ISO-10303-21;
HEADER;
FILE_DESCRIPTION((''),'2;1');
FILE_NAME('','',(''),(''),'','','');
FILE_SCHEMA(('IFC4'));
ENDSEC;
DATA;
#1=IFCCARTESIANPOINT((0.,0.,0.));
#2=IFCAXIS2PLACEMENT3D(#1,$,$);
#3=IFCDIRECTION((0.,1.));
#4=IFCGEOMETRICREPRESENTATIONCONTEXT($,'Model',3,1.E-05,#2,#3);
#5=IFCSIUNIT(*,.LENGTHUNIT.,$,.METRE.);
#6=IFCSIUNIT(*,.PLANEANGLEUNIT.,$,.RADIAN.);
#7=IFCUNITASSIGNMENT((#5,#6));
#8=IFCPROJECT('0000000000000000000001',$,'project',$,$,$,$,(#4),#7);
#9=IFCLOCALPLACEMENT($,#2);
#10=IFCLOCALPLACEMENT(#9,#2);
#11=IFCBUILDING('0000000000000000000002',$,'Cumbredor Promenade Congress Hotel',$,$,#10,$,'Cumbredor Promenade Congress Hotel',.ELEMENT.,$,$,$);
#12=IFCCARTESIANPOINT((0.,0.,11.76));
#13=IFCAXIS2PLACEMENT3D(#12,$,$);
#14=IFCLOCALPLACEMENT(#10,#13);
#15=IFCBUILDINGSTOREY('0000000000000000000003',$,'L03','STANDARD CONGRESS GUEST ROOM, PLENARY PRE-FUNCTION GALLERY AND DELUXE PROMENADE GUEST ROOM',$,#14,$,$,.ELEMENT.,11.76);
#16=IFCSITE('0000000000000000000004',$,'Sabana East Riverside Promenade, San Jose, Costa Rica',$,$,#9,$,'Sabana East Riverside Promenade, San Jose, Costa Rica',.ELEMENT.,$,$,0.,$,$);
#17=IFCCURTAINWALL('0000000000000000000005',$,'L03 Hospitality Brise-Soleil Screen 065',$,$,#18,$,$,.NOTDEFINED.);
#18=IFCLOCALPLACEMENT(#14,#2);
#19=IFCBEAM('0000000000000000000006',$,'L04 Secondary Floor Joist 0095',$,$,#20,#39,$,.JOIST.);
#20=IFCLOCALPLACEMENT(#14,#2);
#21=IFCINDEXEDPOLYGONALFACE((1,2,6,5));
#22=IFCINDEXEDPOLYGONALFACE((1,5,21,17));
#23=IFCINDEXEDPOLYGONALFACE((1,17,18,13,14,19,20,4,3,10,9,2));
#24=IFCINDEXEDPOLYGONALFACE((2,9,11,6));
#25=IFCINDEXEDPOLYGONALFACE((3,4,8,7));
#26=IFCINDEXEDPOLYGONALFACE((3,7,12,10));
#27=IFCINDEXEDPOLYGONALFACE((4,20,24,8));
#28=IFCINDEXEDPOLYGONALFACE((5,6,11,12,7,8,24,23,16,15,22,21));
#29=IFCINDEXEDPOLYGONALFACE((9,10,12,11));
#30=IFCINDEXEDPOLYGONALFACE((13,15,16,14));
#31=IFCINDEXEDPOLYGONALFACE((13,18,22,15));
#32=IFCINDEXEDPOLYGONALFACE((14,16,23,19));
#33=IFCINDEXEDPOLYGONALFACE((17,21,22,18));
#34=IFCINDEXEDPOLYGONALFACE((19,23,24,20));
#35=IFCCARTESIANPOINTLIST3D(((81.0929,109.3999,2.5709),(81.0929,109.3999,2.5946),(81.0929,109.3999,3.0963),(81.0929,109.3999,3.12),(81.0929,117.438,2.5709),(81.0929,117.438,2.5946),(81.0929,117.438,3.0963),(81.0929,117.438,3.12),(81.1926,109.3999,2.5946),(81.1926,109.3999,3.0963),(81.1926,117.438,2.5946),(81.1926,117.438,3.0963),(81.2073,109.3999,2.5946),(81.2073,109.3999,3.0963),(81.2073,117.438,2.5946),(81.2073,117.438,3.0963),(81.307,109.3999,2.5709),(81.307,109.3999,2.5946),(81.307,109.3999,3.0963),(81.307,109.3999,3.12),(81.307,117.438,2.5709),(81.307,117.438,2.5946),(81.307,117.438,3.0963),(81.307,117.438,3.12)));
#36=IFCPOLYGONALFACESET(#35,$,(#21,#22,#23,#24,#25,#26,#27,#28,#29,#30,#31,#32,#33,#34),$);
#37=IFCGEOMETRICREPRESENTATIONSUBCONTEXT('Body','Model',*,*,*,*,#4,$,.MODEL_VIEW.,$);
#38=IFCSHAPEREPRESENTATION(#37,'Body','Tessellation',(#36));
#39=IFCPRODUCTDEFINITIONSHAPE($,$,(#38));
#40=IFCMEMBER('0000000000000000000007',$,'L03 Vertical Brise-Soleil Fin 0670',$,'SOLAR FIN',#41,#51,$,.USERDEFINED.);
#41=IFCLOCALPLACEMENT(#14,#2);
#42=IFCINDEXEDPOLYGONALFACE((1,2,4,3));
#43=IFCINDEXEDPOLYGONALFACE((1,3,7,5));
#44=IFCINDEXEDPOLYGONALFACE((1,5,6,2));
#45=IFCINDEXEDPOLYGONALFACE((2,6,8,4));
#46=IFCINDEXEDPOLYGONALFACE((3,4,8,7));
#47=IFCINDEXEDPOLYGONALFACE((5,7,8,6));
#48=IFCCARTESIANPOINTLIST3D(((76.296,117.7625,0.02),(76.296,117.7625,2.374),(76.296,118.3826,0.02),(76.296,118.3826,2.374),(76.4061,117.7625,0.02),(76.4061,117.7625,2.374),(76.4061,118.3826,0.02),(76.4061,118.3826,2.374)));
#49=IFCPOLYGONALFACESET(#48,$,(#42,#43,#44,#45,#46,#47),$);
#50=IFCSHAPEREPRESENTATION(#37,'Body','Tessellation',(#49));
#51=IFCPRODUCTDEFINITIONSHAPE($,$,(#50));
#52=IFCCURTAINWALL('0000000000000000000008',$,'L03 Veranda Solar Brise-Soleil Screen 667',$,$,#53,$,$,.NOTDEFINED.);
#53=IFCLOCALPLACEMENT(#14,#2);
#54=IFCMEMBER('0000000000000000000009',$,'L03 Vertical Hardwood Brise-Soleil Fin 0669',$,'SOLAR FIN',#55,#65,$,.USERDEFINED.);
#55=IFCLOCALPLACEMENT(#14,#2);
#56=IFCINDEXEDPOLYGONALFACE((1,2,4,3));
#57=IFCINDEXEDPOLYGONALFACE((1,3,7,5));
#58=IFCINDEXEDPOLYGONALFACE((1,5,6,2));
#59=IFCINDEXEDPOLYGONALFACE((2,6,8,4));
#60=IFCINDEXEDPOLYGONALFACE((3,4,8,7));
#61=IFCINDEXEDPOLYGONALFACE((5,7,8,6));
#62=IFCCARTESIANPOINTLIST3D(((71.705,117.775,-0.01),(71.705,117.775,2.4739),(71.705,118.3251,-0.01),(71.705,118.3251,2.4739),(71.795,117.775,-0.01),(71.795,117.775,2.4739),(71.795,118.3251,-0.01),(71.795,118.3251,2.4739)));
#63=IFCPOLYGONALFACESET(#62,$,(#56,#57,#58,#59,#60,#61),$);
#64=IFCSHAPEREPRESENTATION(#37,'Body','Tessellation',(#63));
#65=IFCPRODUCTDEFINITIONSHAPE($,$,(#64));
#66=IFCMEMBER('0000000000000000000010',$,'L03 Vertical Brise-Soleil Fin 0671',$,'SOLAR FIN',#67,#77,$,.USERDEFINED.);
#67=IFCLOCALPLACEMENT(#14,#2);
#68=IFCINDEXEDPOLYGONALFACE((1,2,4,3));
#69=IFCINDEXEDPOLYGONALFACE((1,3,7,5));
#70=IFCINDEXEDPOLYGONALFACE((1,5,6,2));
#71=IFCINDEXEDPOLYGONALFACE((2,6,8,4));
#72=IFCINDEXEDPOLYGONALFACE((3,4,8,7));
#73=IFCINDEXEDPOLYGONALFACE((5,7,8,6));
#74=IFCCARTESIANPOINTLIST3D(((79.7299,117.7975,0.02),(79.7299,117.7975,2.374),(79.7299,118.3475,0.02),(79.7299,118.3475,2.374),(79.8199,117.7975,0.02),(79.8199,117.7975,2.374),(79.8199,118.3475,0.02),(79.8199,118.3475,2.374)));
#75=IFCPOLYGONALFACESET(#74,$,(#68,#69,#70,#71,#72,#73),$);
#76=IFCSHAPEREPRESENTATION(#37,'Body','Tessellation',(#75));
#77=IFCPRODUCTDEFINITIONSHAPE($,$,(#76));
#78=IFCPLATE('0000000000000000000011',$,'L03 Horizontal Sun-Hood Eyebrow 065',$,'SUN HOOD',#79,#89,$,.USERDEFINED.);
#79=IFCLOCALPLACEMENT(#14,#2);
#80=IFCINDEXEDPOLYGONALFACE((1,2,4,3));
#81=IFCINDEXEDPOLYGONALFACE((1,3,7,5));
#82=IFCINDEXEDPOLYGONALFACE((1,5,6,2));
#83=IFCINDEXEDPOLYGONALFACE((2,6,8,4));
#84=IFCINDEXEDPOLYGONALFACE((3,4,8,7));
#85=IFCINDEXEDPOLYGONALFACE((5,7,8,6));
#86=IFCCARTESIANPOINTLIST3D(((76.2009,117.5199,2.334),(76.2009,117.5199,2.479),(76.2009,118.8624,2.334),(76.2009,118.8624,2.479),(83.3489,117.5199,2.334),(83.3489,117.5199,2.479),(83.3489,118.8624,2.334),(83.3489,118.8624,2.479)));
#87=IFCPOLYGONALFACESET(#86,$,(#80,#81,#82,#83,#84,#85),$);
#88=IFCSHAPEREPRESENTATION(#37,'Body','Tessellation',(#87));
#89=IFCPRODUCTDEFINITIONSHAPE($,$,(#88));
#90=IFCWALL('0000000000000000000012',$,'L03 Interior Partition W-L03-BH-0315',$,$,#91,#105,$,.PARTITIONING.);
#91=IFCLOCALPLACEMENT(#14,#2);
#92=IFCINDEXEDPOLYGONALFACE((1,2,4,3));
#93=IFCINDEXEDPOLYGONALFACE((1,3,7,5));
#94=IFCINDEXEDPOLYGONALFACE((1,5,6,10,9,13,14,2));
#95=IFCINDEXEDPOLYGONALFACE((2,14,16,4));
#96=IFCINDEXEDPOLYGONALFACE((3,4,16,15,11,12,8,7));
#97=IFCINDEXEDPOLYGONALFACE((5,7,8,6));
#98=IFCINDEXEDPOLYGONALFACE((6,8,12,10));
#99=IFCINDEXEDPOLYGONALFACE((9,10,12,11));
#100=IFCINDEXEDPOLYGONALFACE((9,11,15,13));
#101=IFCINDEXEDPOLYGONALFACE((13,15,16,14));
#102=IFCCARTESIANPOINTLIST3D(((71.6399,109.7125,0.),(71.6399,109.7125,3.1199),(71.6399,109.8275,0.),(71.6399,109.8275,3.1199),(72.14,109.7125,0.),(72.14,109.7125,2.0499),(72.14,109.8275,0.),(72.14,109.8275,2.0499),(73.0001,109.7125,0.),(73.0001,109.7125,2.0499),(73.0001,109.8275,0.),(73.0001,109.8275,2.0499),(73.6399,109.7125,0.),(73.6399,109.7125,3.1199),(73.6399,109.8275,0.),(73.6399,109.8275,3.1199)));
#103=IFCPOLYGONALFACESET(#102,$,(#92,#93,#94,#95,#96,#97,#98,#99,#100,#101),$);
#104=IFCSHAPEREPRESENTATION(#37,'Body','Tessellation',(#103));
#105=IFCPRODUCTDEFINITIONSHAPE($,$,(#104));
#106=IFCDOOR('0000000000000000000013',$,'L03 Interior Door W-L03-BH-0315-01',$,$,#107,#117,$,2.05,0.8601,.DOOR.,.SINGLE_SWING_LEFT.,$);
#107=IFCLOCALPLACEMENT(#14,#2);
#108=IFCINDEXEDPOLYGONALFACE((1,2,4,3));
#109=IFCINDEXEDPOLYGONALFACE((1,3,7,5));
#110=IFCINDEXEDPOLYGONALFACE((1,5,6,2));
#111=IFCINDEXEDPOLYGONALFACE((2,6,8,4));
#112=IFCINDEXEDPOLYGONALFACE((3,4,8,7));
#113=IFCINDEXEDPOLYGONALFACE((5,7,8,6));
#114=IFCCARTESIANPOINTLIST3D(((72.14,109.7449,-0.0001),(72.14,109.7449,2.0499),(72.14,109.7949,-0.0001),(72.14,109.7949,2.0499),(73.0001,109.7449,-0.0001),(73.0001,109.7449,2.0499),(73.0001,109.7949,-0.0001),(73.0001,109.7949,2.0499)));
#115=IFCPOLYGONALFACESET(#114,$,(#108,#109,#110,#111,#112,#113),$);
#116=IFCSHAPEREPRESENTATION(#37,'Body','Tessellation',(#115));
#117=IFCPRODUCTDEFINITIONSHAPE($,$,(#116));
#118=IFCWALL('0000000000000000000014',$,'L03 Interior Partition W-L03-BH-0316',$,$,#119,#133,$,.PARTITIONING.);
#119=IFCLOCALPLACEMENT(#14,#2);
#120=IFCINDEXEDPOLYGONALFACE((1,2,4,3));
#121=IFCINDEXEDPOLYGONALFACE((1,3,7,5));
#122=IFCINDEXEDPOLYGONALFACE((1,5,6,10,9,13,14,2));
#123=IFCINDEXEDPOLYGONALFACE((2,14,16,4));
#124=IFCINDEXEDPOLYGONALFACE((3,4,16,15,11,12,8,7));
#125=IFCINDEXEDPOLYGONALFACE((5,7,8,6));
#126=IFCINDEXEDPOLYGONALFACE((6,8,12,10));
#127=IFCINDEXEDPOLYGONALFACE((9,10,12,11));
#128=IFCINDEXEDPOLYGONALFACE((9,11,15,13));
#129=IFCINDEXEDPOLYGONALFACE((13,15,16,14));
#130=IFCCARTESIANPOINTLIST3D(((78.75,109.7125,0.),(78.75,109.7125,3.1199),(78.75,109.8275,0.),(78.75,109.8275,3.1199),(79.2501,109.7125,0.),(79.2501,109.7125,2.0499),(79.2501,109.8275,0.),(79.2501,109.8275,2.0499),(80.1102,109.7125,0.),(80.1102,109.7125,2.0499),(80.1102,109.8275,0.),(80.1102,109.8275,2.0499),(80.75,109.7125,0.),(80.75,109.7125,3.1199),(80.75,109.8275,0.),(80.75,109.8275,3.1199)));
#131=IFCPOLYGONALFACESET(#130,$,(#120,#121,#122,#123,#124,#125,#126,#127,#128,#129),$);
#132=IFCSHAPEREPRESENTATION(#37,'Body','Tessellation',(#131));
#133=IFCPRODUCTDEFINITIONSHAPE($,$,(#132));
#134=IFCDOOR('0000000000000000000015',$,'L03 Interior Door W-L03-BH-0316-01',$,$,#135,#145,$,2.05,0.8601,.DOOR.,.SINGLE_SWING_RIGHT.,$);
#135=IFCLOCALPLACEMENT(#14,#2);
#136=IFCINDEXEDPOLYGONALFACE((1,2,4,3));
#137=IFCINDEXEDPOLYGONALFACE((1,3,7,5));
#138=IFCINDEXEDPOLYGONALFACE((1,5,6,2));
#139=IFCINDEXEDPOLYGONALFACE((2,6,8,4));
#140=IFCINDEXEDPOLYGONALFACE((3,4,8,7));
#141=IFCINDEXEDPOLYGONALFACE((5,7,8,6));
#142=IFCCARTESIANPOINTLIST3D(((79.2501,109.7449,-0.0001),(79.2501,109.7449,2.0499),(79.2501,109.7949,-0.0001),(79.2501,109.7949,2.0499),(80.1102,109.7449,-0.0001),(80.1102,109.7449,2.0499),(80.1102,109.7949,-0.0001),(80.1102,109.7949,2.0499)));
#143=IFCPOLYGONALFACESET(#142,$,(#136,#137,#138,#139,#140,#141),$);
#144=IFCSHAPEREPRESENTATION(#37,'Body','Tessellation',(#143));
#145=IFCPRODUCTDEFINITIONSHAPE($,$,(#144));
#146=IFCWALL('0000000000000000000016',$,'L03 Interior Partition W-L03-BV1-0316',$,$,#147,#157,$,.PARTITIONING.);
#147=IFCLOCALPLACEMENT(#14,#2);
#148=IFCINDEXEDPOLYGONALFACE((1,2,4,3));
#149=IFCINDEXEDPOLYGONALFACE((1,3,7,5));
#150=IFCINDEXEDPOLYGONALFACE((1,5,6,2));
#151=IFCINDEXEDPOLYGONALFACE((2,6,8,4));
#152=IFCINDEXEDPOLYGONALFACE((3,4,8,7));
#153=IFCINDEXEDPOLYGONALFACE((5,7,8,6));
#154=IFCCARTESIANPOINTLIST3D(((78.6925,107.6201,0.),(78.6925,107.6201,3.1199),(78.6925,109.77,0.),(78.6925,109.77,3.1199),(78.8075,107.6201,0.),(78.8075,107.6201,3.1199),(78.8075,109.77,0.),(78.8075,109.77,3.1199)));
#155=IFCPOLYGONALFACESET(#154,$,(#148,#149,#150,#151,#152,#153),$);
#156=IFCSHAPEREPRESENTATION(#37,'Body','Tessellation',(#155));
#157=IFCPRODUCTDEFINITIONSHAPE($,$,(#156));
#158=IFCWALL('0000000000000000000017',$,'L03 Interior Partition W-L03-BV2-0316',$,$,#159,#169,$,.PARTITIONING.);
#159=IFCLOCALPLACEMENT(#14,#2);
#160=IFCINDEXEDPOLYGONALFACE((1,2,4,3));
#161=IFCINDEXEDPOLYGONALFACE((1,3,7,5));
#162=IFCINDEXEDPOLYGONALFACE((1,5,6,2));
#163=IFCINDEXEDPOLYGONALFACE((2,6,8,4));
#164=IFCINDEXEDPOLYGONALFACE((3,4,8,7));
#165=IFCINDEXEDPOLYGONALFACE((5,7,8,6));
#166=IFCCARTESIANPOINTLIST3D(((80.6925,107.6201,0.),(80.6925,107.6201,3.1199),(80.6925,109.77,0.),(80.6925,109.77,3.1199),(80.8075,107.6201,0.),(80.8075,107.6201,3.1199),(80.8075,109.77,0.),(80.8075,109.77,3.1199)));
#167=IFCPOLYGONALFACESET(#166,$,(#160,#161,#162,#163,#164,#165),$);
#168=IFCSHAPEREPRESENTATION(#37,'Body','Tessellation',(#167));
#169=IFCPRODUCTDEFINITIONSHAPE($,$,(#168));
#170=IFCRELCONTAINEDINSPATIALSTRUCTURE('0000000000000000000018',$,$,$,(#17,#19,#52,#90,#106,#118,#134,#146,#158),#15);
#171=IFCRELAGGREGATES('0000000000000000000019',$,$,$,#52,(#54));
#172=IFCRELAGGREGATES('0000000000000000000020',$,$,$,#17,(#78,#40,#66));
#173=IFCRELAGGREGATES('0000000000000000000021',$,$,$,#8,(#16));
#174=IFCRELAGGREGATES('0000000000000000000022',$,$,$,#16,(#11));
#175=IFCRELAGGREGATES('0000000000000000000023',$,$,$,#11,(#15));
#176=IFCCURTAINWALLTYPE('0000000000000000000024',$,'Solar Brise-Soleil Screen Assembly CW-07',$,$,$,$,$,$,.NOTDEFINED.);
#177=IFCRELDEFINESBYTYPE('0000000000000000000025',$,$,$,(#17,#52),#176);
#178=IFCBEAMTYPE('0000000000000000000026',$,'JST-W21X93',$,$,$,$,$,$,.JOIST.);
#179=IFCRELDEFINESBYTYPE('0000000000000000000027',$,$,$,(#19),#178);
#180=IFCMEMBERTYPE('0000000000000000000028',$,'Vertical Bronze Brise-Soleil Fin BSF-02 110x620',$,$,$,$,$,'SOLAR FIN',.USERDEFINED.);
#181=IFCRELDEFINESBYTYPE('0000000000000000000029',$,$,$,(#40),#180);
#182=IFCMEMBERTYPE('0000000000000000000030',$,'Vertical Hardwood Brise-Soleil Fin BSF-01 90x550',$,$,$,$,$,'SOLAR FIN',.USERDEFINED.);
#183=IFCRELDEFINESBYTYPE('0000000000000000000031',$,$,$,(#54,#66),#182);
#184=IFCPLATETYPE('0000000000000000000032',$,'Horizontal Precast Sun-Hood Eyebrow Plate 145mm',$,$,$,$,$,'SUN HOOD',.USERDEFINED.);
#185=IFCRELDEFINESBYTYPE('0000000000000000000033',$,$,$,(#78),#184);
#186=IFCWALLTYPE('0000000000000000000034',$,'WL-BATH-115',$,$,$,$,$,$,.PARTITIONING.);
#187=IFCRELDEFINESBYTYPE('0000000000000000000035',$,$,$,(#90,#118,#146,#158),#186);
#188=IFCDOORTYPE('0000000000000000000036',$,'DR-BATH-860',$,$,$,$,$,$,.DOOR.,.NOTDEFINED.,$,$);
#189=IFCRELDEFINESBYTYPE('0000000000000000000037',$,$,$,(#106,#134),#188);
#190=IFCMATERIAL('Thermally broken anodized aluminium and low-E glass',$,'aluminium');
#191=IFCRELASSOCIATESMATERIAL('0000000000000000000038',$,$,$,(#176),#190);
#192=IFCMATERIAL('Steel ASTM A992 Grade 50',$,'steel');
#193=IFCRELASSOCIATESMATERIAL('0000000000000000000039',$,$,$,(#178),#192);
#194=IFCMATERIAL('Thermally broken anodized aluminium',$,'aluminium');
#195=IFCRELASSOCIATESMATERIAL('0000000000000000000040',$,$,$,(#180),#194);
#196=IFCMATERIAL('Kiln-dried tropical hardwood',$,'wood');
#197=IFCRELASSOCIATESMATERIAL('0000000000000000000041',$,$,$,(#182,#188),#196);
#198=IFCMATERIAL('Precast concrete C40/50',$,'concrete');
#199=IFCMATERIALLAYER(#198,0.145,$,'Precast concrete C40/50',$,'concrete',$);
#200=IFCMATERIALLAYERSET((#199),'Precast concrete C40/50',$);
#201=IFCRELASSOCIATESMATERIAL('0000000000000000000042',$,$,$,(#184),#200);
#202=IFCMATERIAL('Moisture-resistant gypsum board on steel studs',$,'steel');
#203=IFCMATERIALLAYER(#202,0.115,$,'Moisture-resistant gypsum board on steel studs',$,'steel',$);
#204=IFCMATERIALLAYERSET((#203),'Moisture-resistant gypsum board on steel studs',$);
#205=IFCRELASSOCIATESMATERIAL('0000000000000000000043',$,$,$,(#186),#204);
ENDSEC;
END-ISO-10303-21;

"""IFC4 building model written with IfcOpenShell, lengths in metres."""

from ifc_helpers import new_model, si_unit, direction, frame, frame_2d, origin, origin_2d, place, context, subcontext, project, spatial, rectangle, i_section, extrude, material, layer, layer_set, material_profile, profile_set, type_object, element, fill, aggregate, save


model = new_model("IFC4")

# Units and contexts
model_context = context("Model", 3, precision=1e-05, world=origin(), true_north=direction((0.0, 1.0)))
body_context = subcontext(model_context, "Body", "Model", "MODEL_VIEW")
ifc_project = project(units=[si_unit("LENGTHUNIT", "METRE"), si_unit("PLANEANGLEUNIT", "RADIAN")], contexts=[model_context])

# Site, building, storey
site_placement = place(None, origin())
site = spatial("IfcSite", under=ifc_project, at=site_placement, Name="Sabana East Riverside Promenade, San Jose, Costa Rica", LongName="Sabana East Riverside Promenade, San Jose, Costa Rica", CompositionType="ELEMENT", RefElevation=0.0)
building_placement = place(site_placement, origin())
building = spatial("IfcBuilding", under=site, at=building_placement, Name="Cumbredor Promenade Congress Hotel", LongName="Cumbredor Promenade Congress Hotel", CompositionType="ELEMENT")
storey_placement = place(building_placement, frame((0.0, 0.0, 11.76)))
storey = spatial("IfcBuildingStorey", under=building, at=storey_placement, Name="L03", Description="STANDARD CONGRESS GUEST ROOM, PLENARY PRE-FUNCTION GALLERY AND DELUXE PROMENADE GUEST ROOM", CompositionType="ELEMENT", Elevation=11.76)

# Shared definitions
ifc_material_1 = material(Name="Steel ASTM A992 Grade 50", Category="steel")

# Curtain wall
ifc_material_2 = material(Name="Thermally broken anodized aluminium and low-E glass", Category="aluminium")
curtain_wall_type = type_object("IfcCurtainWallType", Name="Solar Brise-Soleil Screen Assembly CW-07", PredefinedType="NOTDEFINED", material=ifc_material_2)
curtain_wall_1_placement = place(storey_placement, origin())
curtain_wall_1 = element("IfcCurtainWall", 1, at=curtain_wall_1_placement, inside=storey, type_object=curtain_wall_type, Name="L03 Hospitality Brise-Soleil Screen 065", PredefinedType="NOTDEFINED")
ifc_material_3 = material(Name="Thermally broken anodized aluminium", Category="aluminium")

# Beam
ifc_material_profile_1 = material_profile(ifc_material_1, i_section(OverallWidth=0.2141, OverallDepth=0.5491, WebThickness=0.0146, FlangeThickness=0.0237, at=origin_2d()), Name="W21X93")
ifc_profile_set_1 = profile_set([ifc_material_profile_1], Name="Steel ASTM A992 Grade 50")
beam_type_1 = type_object("IfcBeamType", Name="JST-W21X93", PredefinedType="JOIST", material=ifc_profile_set_1)
for number, where, z_axis, x_axis, name in (
    (2, (81.2, 109.3999, 2.8455), (0.0, 1.0, 0.0), (-1.0, 0.0, 0.0), "L04 Secondary Floor Joist 0095"),
):
    element("IfcBeam", number, at=place(storey_placement, frame(where, z_axis=z_axis, x_axis=x_axis)), inside=storey, type_object=beam_type_1, Name=name, PredefinedType="JOIST", context=body_context, shape_type="SweptSolid", body=[
        extrude(i_section(OverallWidth=0.2141, OverallDepth=0.5491, WebThickness=0.0146, FlangeThickness=0.0237, at=origin_2d()), origin(), (0.0, 0.0, 1.0), 8.0381),
    ])

# Member
ifc_material_profile_2 = material_profile(ifc_material_3, rectangle(XDim=0.1101, YDim=0.6201, at=origin_2d()), Name="ARCH FIN 110x620")
ifc_profile_set_2 = profile_set([ifc_material_profile_2], Name="Thermally broken anodized aluminium")
member_type_1 = type_object("IfcMemberType", Name="Vertical Bronze Brise-Soleil Fin BSF-02 110x620", ElementType="SOLAR FIN", PredefinedType="USERDEFINED", material=ifc_profile_set_2)
member_1_placement = place(storey_placement, frame((76.3511, 118.0725, 0.02), z_axis=(0.0, 0.0, 1.0), x_axis=(1.0, 0.0, 0.0)))
member_1 = element("IfcMember", 3, at=member_1_placement, type_object=member_type_1, Name="L03 Vertical Brise-Soleil Fin 0670", ObjectType="SOLAR FIN", PredefinedType="USERDEFINED", context=body_context, shape_type="SweptSolid", body=[
    extrude(rectangle(XDim=0.1101, YDim=0.6201, at=origin_2d()), origin(), (0.0, 0.0, 1.0), 2.354),
])

# Curtain wall, member
curtain_wall_2_placement = place(storey_placement, origin())
curtain_wall_2 = element("IfcCurtainWall", 4, at=curtain_wall_2_placement, inside=storey, type_object=curtain_wall_type, Name="L03 Veranda Solar Brise-Soleil Screen 667", PredefinedType="NOTDEFINED")
ifc_material_4 = material(Name="Kiln-dried tropical hardwood", Category="wood")
ifc_material_profile_3 = material_profile(ifc_material_4, rectangle(XDim=0.0901, YDim=0.55, at=origin_2d()), Name="ARCH FIN 90x550")
ifc_profile_set_3 = profile_set([ifc_material_profile_3], Name="Kiln-dried tropical hardwood")
member_type_2 = type_object("IfcMemberType", Name="Vertical Hardwood Brise-Soleil Fin BSF-01 90x550", ElementType="SOLAR FIN", PredefinedType="USERDEFINED", material=ifc_profile_set_3)
member_2_placement = place(storey_placement, frame((71.75, 118.05, -0.01), z_axis=(0.0, 0.0, 1.0), x_axis=(1.0, 0.0, 0.0)))
member_2 = element("IfcMember", 5, at=member_2_placement, type_object=member_type_2, Name="L03 Vertical Hardwood Brise-Soleil Fin 0669", ObjectType="SOLAR FIN", PredefinedType="USERDEFINED", context=body_context, shape_type="SweptSolid", body=[
    extrude(rectangle(XDim=0.0901, YDim=0.55, at=origin_2d()), origin(), (0.0, 0.0, 1.0), 2.4839),
])
aggregate(curtain_wall_2, [member_2])

# Member
member_3_placement = place(storey_placement, frame((79.7749, 118.0725, 0.02), z_axis=(0.0, 0.0, 1.0), x_axis=(1.0, 0.0, 0.0)))
member_3 = element("IfcMember", 6, at=member_3_placement, type_object=member_type_2, Name="L03 Vertical Brise-Soleil Fin 0671", ObjectType="SOLAR FIN", PredefinedType="USERDEFINED", context=body_context, shape_type="SweptSolid", body=[
    extrude(rectangle(XDim=0.0901, YDim=0.55, at=origin_2d()), origin(), (0.0, 0.0, 1.0), 2.354),
])

# Plate
ifc_material_5 = material(Name="Precast concrete C40/50", Category="concrete")
ifc_layer_1 = layer(ifc_material_5, 0.145, Name="Precast concrete C40/50", Category="concrete")
ifc_layer_set_1 = layer_set([ifc_layer_1], Name="Precast concrete C40/50")
plate_type = type_object("IfcPlateType", Name="Horizontal Precast Sun-Hood Eyebrow Plate 145mm", ElementType="SUN HOOD", PredefinedType="USERDEFINED", material=ifc_layer_set_1)
plate_placement = place(storey_placement, frame((79.7749, 118.1912, 2.334), z_axis=(0.0, 0.0, 1.0), x_axis=(1.0, 0.0, 0.0)))
plate = element("IfcPlate", 7, at=plate_placement, type_object=plate_type, Name="L03 Horizontal Sun-Hood Eyebrow 065", ObjectType="SUN HOOD", PredefinedType="USERDEFINED", context=body_context, shape_type="SweptSolid", body=[
    extrude(rectangle(XDim=7.1479, YDim=1.3425, at=origin_2d()), origin(), (0.0, 0.0, 1.0), 0.145),
])
aggregate(curtain_wall_1, [plate, member_1, member_3])

# Walls, openings, doors
ifc_material_6 = material(Name="Moisture-resistant gypsum board on steel studs", Category="steel")
ifc_layer_2 = layer(ifc_material_6, 0.115, Name="Moisture-resistant gypsum board on steel studs", Category="steel")
ifc_layer_set_2 = layer_set([ifc_layer_2], Name="Moisture-resistant gypsum board on steel studs")
wall_type_1 = type_object("IfcWallType", Name="WL-BATH-115", PredefinedType="PARTITIONING", material=ifc_layer_set_2)
wall_1_placement = place(storey_placement, frame((71.6399, 109.77, 0.0), z_axis=(0.0, 0.0, 1.0), x_axis=(1.0, 0.0, 0.0)))
wall_1 = element("IfcWall", 8, at=wall_1_placement, inside=storey, type_object=wall_type_1, Name="L03 Interior Partition W-L03-BH-0315", PredefinedType="PARTITIONING", context=body_context, shape_type="SweptSolid", body=[
    extrude(rectangle(XDim=2.0, YDim=0.115, at=frame_2d((1.0, 0.0))), origin(), (0.0, 0.0, 1.0), 3.1199),
])
opening_1_placement = place(wall_1_placement, frame((0.5, 0.0, 0.0)))
opening_1 = element("IfcOpeningElement", 9, at=opening_1_placement, cuts=wall_1, PredefinedType="OPENING", context=body_context, shape_type="SweptSolid", body=[
    extrude(rectangle(XDim=0.8601, YDim=2.05, at=frame_2d((0.4302, 1.0249))), frame((0.0, 0.0674, 0.0), z_axis=(0.0, -1.0, 0.0), x_axis=(1.0, 0.0, 0.0)), (0.0, 0.0, 1.0), 0.135),
])
door_type = type_object("IfcDoorType", Name="DR-BATH-860", OperationType="NOTDEFINED", PredefinedType="DOOR", material=ifc_material_4)
door_1_placement = place(opening_1_placement, origin())
door_1 = element("IfcDoor", 10, at=door_1_placement, inside=storey, type_object=door_type, Name="L03 Interior Door W-L03-BH-0315-01", OperationType="SINGLE_SWING_LEFT", OverallHeight=2.05, OverallWidth=0.8601, PredefinedType="DOOR", context=body_context, shape_type="SweptSolid", body=[
    extrude(rectangle(XDim=0.8601, YDim=2.05, at=frame_2d((0.4302, 1.0249))), frame((0.0, 0.0249, 0.0), z_axis=(0.0, -1.0, 0.0), x_axis=(1.0, 0.0, 0.0)), (0.0, 0.0, 1.0), 0.05),
])
fill(opening_1, door_1)
wall_2_placement = place(storey_placement, frame((78.75, 109.77, 0.0), z_axis=(0.0, 0.0, 1.0), x_axis=(1.0, 0.0, 0.0)))
wall_2 = element("IfcWall", 11, at=wall_2_placement, inside=storey, type_object=wall_type_1, Name="L03 Interior Partition W-L03-BH-0316", PredefinedType="PARTITIONING", context=body_context, shape_type="SweptSolid", body=[
    extrude(rectangle(XDim=2.0, YDim=0.115, at=frame_2d((1.0, 0.0))), origin(), (0.0, 0.0, 1.0), 3.1199),
])
opening_2_placement = place(wall_2_placement, frame((0.5, 0.0, 0.0)))
opening_2 = element("IfcOpeningElement", 12, at=opening_2_placement, cuts=wall_2, PredefinedType="OPENING", context=body_context, shape_type="SweptSolid", body=[
    extrude(rectangle(XDim=0.8601, YDim=2.05, at=frame_2d((0.4302, 1.0249))), frame((0.0, 0.0674, 0.0), z_axis=(0.0, -1.0, 0.0), x_axis=(1.0, 0.0, 0.0)), (0.0, 0.0, 1.0), 0.135),
])
door_2_placement = place(opening_2_placement, origin())
door_2 = element("IfcDoor", 13, at=door_2_placement, inside=storey, type_object=door_type, Name="L03 Interior Door W-L03-BH-0316-01", OperationType="SINGLE_SWING_RIGHT", OverallHeight=2.05, OverallWidth=0.8601, PredefinedType="DOOR", context=body_context, shape_type="SweptSolid", body=[
    extrude(rectangle(XDim=0.8601, YDim=2.05, at=frame_2d((0.4302, 1.0249))), frame((0.0, 0.0249, 0.0), z_axis=(0.0, -1.0, 0.0), x_axis=(1.0, 0.0, 0.0)), (0.0, 0.0, 1.0), 0.05),
])
fill(opening_2, door_2)

# Walls
for number, where, z_axis, x_axis, name in (
    (14, (78.75, 107.6201, 0.0), (0.0, 0.0, 1.0), (0.0, 1.0, 0.0), "L03 Interior Partition W-L03-BV1-0316"),
    (15, (80.75, 107.6201, 0.0), (0.0, 0.0, 1.0), (0.0, 1.0, 0.0), "L03 Interior Partition W-L03-BV2-0316"),
):
    element("IfcWall", number, at=place(storey_placement, frame(where, z_axis=z_axis, x_axis=x_axis)), inside=storey, type_object=wall_type_1, Name=name, PredefinedType="PARTITIONING", context=body_context, shape_type="SweptSolid", body=[
        extrude(rectangle(XDim=2.1499, YDim=0.115, at=frame_2d((1.075, 0.0))), origin(), (0.0, 0.0, 1.0), 3.1199),
    ])

save(model, "model.ifc")
